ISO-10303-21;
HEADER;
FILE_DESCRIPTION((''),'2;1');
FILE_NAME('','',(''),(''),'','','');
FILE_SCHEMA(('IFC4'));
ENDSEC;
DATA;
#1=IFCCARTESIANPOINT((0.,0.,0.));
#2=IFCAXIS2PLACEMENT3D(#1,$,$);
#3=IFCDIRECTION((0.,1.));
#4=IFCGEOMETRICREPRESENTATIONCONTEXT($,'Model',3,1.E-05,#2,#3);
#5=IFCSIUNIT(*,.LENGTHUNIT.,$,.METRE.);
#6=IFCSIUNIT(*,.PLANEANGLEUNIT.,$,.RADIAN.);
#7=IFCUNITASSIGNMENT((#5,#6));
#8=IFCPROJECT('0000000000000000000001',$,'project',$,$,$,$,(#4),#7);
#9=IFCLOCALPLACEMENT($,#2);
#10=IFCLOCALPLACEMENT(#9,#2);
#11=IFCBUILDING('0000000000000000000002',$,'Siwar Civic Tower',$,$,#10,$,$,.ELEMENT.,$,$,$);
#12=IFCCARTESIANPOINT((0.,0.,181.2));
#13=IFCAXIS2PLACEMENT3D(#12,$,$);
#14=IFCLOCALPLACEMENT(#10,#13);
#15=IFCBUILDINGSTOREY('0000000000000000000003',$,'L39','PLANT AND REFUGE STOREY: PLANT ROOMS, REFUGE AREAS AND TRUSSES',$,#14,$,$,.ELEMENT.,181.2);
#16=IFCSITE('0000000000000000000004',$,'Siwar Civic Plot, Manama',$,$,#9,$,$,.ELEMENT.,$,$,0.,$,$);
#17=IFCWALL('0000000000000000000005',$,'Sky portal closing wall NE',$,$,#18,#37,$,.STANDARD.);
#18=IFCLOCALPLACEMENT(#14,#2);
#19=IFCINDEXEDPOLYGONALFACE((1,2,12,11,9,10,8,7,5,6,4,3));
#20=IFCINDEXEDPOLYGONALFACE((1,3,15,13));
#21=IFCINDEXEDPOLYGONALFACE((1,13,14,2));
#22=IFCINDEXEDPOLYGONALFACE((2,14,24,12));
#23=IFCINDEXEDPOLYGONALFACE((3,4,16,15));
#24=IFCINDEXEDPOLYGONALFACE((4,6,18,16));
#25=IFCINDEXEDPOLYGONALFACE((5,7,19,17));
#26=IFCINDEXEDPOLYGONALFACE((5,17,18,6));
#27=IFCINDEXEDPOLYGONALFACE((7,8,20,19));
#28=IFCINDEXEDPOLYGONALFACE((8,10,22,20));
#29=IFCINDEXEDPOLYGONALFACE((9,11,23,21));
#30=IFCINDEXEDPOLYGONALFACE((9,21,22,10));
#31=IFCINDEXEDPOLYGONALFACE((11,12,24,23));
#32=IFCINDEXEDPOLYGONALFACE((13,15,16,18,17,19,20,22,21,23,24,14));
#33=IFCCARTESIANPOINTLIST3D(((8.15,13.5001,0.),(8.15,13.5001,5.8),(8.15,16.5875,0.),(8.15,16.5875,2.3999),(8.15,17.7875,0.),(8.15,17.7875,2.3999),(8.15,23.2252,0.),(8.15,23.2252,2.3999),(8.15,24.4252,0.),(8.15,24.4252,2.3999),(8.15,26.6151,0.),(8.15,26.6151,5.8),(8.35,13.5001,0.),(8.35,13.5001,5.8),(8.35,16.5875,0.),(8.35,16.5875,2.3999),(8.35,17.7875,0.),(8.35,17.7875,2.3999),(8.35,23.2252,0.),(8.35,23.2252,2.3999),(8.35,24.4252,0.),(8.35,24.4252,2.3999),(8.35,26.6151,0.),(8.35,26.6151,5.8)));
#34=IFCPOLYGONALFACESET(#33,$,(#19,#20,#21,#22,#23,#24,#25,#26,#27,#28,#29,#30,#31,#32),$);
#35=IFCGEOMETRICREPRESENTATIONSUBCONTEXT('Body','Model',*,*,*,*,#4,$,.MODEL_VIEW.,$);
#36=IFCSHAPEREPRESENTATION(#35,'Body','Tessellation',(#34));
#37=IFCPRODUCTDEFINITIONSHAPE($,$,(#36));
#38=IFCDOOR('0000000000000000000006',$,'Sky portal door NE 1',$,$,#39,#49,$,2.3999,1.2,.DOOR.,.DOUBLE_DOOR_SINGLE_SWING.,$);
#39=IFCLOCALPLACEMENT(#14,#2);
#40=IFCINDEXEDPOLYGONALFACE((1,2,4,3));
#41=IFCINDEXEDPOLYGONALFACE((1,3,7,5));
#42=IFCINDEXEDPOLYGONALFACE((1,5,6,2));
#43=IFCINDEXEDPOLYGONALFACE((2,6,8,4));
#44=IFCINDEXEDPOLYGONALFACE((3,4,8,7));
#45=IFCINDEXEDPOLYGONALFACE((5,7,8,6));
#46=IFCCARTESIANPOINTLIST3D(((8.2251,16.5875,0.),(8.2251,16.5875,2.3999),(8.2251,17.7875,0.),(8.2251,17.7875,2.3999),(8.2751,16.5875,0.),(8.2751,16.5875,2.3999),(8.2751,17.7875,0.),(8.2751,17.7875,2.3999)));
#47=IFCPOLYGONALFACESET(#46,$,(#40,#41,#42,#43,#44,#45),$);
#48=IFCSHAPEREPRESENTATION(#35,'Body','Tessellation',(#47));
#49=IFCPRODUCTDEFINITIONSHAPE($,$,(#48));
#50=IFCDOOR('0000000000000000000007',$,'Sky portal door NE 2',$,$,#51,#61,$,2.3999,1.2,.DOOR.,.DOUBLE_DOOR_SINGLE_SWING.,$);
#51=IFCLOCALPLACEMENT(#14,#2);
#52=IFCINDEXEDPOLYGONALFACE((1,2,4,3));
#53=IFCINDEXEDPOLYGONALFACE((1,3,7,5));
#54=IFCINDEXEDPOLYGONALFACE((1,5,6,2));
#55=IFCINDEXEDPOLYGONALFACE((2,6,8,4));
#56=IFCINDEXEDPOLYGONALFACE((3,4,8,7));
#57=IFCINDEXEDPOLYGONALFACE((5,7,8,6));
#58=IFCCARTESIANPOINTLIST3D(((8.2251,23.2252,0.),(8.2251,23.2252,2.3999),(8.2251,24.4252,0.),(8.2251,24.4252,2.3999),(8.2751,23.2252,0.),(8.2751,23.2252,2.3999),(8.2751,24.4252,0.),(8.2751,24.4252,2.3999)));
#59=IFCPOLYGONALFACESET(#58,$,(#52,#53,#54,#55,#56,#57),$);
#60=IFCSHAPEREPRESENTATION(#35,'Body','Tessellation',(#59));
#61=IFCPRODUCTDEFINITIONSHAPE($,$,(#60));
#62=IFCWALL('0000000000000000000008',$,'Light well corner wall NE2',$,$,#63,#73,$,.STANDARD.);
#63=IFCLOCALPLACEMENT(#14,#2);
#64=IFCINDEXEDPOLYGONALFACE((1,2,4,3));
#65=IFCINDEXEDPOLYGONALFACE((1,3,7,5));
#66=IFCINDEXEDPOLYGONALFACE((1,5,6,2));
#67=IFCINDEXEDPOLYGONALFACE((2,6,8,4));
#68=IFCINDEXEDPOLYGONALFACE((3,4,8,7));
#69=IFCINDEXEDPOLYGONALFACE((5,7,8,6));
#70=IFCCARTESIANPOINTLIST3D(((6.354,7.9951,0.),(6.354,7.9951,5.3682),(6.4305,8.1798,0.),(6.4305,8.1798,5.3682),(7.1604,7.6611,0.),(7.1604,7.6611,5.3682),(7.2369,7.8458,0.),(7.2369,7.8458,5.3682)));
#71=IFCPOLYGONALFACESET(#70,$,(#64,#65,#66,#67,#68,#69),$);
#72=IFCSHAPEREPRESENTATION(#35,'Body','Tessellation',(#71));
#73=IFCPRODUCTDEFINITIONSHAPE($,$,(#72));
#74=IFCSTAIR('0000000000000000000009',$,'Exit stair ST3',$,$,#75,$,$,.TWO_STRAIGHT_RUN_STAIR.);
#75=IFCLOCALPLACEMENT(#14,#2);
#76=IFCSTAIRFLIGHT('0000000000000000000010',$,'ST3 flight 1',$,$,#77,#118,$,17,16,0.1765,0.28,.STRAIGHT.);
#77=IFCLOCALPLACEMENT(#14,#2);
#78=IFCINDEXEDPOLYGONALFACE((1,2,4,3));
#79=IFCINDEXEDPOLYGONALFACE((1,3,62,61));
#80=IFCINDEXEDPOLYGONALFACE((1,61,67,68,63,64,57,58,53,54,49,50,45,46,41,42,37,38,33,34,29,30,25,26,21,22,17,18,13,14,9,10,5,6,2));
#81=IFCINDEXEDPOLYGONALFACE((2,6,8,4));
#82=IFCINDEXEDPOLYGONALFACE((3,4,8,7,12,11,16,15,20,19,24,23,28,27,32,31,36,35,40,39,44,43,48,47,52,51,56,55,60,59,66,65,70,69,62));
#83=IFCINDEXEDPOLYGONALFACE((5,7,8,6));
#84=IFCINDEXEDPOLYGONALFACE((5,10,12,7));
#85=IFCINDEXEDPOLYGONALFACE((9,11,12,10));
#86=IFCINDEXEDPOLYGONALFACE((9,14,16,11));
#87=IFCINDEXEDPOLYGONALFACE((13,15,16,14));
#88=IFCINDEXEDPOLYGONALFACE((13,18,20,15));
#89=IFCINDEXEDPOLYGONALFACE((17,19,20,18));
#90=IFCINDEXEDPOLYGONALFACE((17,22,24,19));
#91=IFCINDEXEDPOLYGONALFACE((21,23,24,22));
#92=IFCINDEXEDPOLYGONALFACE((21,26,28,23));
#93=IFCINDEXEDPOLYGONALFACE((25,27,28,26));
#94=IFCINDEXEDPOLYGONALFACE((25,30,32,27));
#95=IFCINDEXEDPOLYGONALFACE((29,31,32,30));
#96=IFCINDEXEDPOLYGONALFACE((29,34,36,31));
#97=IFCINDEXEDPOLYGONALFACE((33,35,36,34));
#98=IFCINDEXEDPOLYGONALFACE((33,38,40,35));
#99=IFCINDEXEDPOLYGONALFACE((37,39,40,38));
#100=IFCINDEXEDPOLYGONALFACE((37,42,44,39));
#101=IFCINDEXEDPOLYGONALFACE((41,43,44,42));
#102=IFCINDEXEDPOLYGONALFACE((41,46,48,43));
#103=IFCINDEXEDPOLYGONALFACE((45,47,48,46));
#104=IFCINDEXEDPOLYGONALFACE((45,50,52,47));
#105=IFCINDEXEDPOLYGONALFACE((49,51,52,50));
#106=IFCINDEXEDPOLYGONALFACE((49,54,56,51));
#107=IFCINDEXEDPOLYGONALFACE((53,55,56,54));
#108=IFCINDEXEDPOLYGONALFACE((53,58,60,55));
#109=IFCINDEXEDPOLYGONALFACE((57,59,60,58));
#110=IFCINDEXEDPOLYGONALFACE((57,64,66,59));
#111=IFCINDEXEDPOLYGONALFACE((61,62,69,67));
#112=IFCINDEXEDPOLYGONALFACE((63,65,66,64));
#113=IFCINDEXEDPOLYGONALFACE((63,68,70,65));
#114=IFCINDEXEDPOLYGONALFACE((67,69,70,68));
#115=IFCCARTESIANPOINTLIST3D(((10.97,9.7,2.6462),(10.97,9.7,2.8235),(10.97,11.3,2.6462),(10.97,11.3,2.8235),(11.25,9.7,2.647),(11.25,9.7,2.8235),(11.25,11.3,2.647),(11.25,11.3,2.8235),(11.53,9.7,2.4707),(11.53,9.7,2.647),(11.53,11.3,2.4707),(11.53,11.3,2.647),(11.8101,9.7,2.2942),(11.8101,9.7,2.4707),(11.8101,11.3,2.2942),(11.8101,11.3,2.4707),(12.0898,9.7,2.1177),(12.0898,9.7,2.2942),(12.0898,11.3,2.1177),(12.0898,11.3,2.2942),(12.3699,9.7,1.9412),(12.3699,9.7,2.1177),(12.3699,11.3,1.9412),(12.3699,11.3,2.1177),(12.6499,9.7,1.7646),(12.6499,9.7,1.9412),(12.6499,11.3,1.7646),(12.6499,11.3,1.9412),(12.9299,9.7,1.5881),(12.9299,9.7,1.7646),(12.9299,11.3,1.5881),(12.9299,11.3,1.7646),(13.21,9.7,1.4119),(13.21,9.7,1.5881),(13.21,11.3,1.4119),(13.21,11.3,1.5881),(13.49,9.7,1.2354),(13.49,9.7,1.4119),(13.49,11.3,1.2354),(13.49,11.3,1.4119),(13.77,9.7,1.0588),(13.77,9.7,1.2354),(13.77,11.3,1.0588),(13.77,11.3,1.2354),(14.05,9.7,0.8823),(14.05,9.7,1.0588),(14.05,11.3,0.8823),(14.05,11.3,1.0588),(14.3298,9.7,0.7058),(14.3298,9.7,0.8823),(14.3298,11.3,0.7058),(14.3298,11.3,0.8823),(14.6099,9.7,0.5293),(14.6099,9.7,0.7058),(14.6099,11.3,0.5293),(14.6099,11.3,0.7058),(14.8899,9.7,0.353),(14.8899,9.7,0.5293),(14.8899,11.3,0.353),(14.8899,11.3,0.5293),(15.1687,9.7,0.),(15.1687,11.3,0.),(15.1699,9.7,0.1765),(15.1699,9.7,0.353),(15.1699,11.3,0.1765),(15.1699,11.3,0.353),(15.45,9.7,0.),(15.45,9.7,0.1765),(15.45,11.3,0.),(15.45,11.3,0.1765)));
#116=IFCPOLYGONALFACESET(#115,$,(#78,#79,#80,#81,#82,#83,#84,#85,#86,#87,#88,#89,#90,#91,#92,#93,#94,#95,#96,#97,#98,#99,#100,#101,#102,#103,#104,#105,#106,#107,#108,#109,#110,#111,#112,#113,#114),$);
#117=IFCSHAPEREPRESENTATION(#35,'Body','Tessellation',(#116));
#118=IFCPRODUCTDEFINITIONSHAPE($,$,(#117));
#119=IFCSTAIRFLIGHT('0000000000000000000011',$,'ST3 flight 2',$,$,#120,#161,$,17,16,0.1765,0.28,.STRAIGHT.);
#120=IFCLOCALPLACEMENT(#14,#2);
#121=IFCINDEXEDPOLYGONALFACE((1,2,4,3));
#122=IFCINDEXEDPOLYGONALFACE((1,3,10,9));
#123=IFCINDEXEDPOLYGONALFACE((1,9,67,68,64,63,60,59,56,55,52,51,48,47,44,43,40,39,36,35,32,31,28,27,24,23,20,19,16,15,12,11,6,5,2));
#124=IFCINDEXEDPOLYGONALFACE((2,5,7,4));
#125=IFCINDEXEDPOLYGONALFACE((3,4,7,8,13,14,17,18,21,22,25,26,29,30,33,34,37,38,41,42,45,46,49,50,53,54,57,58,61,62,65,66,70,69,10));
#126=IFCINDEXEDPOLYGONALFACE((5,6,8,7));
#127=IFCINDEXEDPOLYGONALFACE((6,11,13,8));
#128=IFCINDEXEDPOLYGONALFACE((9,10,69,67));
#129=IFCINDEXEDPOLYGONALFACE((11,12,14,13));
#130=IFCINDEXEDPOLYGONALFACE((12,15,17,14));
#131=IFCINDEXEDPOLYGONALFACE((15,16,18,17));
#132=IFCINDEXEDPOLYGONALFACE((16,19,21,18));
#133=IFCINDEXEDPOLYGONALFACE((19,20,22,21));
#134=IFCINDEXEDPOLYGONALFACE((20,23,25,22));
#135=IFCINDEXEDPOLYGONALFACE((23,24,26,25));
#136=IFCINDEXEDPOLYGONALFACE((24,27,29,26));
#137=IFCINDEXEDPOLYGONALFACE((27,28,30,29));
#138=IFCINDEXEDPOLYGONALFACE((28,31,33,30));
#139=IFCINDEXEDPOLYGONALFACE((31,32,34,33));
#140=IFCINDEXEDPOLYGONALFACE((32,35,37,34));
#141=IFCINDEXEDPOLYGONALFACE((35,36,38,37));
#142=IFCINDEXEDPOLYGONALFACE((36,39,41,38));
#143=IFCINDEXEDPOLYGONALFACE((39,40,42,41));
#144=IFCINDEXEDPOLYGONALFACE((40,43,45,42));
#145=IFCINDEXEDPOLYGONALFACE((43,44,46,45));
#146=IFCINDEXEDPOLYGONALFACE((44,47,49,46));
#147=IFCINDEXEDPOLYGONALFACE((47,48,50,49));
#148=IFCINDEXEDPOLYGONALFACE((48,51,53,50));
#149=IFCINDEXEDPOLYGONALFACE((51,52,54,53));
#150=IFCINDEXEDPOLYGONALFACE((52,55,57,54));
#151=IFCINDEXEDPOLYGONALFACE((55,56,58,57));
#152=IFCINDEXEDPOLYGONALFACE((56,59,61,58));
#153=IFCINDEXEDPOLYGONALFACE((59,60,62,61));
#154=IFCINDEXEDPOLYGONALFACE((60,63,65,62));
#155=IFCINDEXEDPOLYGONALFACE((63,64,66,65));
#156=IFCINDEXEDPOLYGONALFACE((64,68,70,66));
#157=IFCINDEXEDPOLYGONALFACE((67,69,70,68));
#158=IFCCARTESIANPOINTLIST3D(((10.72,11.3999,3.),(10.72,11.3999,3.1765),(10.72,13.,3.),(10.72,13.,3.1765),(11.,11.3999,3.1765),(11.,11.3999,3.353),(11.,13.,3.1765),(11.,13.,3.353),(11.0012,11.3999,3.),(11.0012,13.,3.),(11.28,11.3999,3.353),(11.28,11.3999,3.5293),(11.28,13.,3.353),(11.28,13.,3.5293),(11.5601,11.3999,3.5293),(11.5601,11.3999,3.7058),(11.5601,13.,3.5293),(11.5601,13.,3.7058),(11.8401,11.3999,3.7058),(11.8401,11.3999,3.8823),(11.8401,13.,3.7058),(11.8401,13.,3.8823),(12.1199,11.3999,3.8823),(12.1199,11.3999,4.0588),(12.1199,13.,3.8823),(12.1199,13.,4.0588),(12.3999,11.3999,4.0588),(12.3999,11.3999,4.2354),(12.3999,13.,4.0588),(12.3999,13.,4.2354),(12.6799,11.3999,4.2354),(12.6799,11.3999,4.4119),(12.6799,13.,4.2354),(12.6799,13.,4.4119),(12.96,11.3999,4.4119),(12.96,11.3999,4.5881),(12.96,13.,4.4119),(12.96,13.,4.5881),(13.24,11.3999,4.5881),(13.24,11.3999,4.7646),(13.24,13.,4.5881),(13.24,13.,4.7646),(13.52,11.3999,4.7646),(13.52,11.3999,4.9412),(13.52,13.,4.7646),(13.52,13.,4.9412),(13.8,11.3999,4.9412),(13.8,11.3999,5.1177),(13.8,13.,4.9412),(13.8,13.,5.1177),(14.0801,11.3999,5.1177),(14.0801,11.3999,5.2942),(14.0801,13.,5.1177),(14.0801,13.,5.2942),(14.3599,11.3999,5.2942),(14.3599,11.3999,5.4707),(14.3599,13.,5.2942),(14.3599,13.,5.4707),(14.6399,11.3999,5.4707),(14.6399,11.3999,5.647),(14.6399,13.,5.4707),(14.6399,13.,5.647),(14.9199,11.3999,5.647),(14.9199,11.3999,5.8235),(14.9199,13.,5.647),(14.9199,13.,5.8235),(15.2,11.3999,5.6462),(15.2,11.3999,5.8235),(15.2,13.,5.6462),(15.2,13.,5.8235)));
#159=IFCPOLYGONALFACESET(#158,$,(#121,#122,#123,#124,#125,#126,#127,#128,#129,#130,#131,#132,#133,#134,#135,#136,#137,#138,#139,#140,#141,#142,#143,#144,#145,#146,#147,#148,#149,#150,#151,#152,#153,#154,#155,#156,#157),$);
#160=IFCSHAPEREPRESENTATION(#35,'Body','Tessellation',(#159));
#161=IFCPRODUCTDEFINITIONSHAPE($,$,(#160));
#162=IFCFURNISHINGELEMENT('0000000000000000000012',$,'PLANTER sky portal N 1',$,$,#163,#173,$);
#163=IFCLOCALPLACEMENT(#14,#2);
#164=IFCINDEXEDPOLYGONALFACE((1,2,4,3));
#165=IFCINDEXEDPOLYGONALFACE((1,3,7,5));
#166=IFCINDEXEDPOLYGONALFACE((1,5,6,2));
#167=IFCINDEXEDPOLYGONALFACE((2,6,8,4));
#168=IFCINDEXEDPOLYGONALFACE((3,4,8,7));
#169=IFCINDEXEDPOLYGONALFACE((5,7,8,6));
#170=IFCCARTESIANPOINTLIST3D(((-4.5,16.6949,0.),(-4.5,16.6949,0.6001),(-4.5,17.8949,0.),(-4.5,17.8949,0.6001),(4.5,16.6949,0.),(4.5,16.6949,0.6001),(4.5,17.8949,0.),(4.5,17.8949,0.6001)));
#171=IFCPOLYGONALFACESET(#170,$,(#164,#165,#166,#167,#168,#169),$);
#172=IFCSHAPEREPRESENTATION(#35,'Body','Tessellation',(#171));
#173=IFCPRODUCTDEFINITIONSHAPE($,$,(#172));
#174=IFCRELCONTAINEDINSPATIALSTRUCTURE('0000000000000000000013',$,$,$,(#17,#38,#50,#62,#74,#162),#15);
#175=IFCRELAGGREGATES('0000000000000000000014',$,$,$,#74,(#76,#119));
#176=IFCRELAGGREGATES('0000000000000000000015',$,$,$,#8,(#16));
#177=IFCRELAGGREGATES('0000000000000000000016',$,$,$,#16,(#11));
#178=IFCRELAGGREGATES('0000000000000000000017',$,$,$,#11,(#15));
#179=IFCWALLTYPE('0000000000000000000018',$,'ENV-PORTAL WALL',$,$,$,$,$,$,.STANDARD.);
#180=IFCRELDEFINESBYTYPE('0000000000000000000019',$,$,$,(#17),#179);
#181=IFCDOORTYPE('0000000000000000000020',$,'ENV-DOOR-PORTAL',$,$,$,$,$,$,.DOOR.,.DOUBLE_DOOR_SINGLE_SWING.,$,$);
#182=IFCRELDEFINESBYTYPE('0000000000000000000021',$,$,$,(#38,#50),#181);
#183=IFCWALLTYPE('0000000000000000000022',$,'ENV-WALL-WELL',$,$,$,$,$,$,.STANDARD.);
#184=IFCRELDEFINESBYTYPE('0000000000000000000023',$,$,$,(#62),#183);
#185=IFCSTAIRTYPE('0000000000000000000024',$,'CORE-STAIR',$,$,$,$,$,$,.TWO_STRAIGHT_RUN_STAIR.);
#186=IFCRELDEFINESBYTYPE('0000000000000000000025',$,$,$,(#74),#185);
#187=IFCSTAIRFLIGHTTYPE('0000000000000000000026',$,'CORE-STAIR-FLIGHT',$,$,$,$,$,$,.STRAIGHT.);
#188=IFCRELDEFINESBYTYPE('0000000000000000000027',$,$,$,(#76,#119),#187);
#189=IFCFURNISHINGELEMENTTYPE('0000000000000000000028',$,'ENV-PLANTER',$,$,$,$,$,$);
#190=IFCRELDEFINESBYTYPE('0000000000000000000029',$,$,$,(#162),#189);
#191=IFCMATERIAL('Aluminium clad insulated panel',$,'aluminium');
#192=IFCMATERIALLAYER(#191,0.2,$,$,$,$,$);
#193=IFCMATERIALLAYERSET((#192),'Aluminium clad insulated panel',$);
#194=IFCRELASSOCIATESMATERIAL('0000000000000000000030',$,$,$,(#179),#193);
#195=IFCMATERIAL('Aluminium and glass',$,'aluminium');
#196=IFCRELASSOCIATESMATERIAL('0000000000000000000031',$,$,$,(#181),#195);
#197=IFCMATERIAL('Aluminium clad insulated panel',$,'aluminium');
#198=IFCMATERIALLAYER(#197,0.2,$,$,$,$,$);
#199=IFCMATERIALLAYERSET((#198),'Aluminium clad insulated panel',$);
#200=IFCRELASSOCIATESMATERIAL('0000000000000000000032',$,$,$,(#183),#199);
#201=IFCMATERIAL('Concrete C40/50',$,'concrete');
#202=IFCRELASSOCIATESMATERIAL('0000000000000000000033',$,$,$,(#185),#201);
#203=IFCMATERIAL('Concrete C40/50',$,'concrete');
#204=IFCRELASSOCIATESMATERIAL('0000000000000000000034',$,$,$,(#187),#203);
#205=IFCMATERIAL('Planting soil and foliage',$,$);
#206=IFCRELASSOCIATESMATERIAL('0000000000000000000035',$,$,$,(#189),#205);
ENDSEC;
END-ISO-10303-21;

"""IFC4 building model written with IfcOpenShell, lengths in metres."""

from ifc_helpers import new_model, si_unit, direction, frame, frame_2d, origin, origin_2d, place, context, subcontext, project, spatial, polyline, rectangle, outline, extrude, material, layer, layer_set, type_object, element, fill, aggregate, save


model = new_model("IFC4")

# Units and contexts
model_context = context("Model", 3, precision=1e-05, world=origin(), true_north=direction((0.0, 1.0)))
body_context = subcontext(model_context, "Body", "Model", "MODEL_VIEW")
ifc_project = project(units=[si_unit("LENGTHUNIT", "METRE"), si_unit("PLANEANGLEUNIT", "RADIAN")], contexts=[model_context])

# Site, building, storey
site_placement = place(None, origin())
site = spatial("IfcSite", under=ifc_project, at=site_placement, Name="Siwar Civic Plot, Manama", CompositionType="ELEMENT", RefElevation=0.0)
building_placement = place(site_placement, origin())
building = spatial("IfcBuilding", under=site, at=building_placement, Name="Siwar Civic Tower", CompositionType="ELEMENT")
storey_placement = place(building_placement, frame((0.0, 0.0, 181.2)))
storey = spatial("IfcBuildingStorey", under=building, at=storey_placement, Name="L39", Description="PLANT AND REFUGE STOREY: PLANT ROOMS, REFUGE AREAS AND TRUSSES", CompositionType="ELEMENT", Elevation=181.2)

# Wall, openings, doors
ifc_material_1 = material(Name="Aluminium clad insulated panel", Category="aluminium")
ifc_layer_1 = layer(ifc_material_1, 0.2)
ifc_layer_set_1 = layer_set([ifc_layer_1], Name="Aluminium clad insulated panel")
wall_type_1 = type_object("IfcWallType", Name="ENV-PORTAL WALL", PredefinedType="STANDARD", material=ifc_layer_set_1)
wall_1_placement = place(storey_placement, frame((8.25, 13.5, 0.0), z_axis=(0.0, 0.0, 1.0), x_axis=(0.0, 1.0, 0.0)))
wall_1 = element("IfcWall", 1, at=wall_1_placement, inside=storey, type_object=wall_type_1, Name="Sky portal closing wall NE", PredefinedType="STANDARD", context=body_context, shape_type="SweptSolid", body=[
    extrude(rectangle(XDim=13.115, YDim=0.2, at=frame_2d((6.5576, 0.0))), origin(), (0.0, 0.0, 1.0), 5.8),
])
opening_1_placement = place(wall_1_placement, frame((3.0874, 0.0, 0.0)))
opening_1 = element("IfcOpeningElement", 2, at=opening_1_placement, cuts=wall_1, PredefinedType="OPENING", context=body_context, shape_type="SweptSolid", body=[
    extrude(rectangle(XDim=1.2, YDim=2.3999, at=frame_2d((0.6001, 1.2))), frame((0.0, 0.1099, 0.0), z_axis=(0.0, -1.0, 0.0), x_axis=(1.0, 0.0, 0.0)), (0.0, 0.0, 1.0), 0.22),
])
opening_2_placement = place(wall_1_placement, frame((9.7251, 0.0, 0.0)))
opening_2 = element("IfcOpeningElement", 3, at=opening_2_placement, cuts=wall_1, PredefinedType="OPENING", context=body_context, shape_type="SweptSolid", body=[
    extrude(rectangle(XDim=1.2, YDim=2.3999, at=frame_2d((0.6001, 1.2))), frame((0.0, 0.1099, 0.0), z_axis=(0.0, -1.0, 0.0), x_axis=(1.0, 0.0, 0.0)), (0.0, 0.0, 1.0), 0.22),
])
ifc_material_2 = material(Name="Aluminium and glass", Category="aluminium")
door_type_1 = type_object("IfcDoorType", Name="ENV-DOOR-PORTAL", OperationType="DOUBLE_DOOR_SINGLE_SWING", PredefinedType="DOOR", material=ifc_material_2)
door_1_placement = place(opening_1_placement, origin())
door_1 = element("IfcDoor", 4, at=door_1_placement, inside=storey, type_object=door_type_1, Name="Sky portal door NE 1", OperationType="DOUBLE_DOOR_SINGLE_SWING", OverallHeight=2.3999, OverallWidth=1.2, PredefinedType="DOOR", context=body_context, shape_type="SweptSolid", body=[
    extrude(rectangle(XDim=1.2, YDim=2.3999, at=frame_2d((0.6001, 1.2))), frame((0.0, 0.0249, 0.0), z_axis=(0.0, -1.0, 0.0), x_axis=(1.0, 0.0, 0.0)), (0.0, 0.0, 1.0), 0.05),
])
fill(opening_1, door_1)
door_2_placement = place(opening_2_placement, origin())
door_2 = element("IfcDoor", 5, at=door_2_placement, inside=storey, type_object=door_type_1, Name="Sky portal door NE 2", OperationType="DOUBLE_DOOR_SINGLE_SWING", OverallHeight=2.3999, OverallWidth=1.2, PredefinedType="DOOR", context=body_context, shape_type="SweptSolid", body=[
    extrude(rectangle(XDim=1.2, YDim=2.3999, at=frame_2d((0.6001, 1.2))), frame((0.0, 0.0249, 0.0), z_axis=(0.0, -1.0, 0.0), x_axis=(1.0, 0.0, 0.0)), (0.0, 0.0, 1.0), 0.05),
])
fill(opening_2, door_2)

# Wall
ifc_material_3 = material(Name="Aluminium clad insulated panel", Category="aluminium")
ifc_layer_2 = layer(ifc_material_3, 0.2)
ifc_layer_set_2 = layer_set([ifc_layer_2], Name="Aluminium clad insulated panel")
wall_type_2 = type_object("IfcWallType", Name="ENV-WALL-WELL", PredefinedType="STANDARD", material=ifc_layer_set_2)
wall_2_placement = place(storey_placement, frame((7.1987, 7.7534, 0.0), z_axis=(0.0, 0.0, 1.0), x_axis=(-0.923894, 0.382648, 0.0)))
element("IfcWall", 6, at=wall_2_placement, inside=storey, type_object=wall_type_2, Name="Light well corner wall NE2", PredefinedType="STANDARD", context=body_context, shape_type="SweptSolid", body=[
    extrude(rectangle(XDim=0.8728, YDim=0.2, at=frame_2d((0.4365, 0.0))), origin(), (0.0, 0.0, 1.0), 5.3682),
])

# Stair, stair flights
ifc_material_4 = material(Name="Concrete C40/50", Category="concrete")
stair_type = type_object("IfcStairType", Name="CORE-STAIR", PredefinedType="TWO_STRAIGHT_RUN_STAIR", material=ifc_material_4)
stair_placement = place(storey_placement, origin())
stair = element("IfcStair", 7, at=stair_placement, inside=storey, type_object=stair_type, Name="Exit stair ST3", PredefinedType="TWO_STRAIGHT_RUN_STAIR")
ifc_material_5 = material(Name="Concrete C40/50", Category="concrete")
stair_flight_type = type_object("IfcStairFlightType", Name="CORE-STAIR-FLIGHT", PredefinedType="STRAIGHT", material=ifc_material_5)
stair_flight_1_placement = place(storey_placement, frame((15.45, 10.5, 0.0), z_axis=(0.0, 0.0, 1.0), x_axis=(-1.0, 0.0, 0.0)))
stair_flight_1 = element("IfcStairFlight", 8, at=stair_flight_1_placement, type_object=stair_flight_type, Name="ST3 flight 1", NumberOfRisers=17, NumberOfTreads=16, PredefinedType="STRAIGHT", RiserHeight=0.1765, TreadLength=0.28, context=body_context, shape_type="SweptSolid", body=[
    extrude(outline(polyline([(0.0, 0.0), (0.0, 0.1765), (0.28, 0.1765), (0.28, 0.353), (0.5601, 0.353), (0.5601, 0.5293), (0.8401, 0.5293), (0.8401, 0.7058), (1.1201, 0.7058), (1.1201, 0.8823), (1.3999, 0.8823), (1.3999, 1.0588), (1.6799, 1.0588), (1.6799, 1.2354), (1.96, 1.2354), (1.96, 1.4119), (2.24, 1.4119), (2.24, 1.5881), (2.52, 1.5881), (2.52, 1.7646), (2.8, 1.7646), (2.8, 1.9412), (3.0801, 1.9412), (3.0801, 2.1177), (3.3601, 2.1177), (3.3601, 2.2942), (3.6399, 2.2942), (3.6399, 2.4707), (3.9199, 2.4707), (3.9199, 2.647), (4.2, 2.647), (4.2, 2.8235), (4.48, 2.8235), (4.48, 3.0), (4.48, 2.6462), (0.2812, 0.0), (0.0, 0.0)])), frame((0.0, 0.8, 0.0), z_axis=(0.0, -1.0, 0.0), x_axis=(1.0, 0.0, 0.0)), (0.0, 0.0, 1.0), 1.6001),
])
stair_flight_2_placement = place(storey_placement, frame((10.72, 12.2, 3.0), z_axis=(0.0, 0.0, 1.0), x_axis=(1.0, 0.0, 0.0)))
stair_flight_2 = element("IfcStairFlight", 9, at=stair_flight_2_placement, type_object=stair_flight_type, Name="ST3 flight 2", NumberOfRisers=17, NumberOfTreads=16, PredefinedType="STRAIGHT", RiserHeight=0.1765, TreadLength=0.28, context=body_context, shape_type="SweptSolid", body=[
    extrude(outline(polyline([(0.0, 0.0), (0.0, 0.1765), (0.28, 0.1765), (0.28, 0.353), (0.5601, 0.353), (0.5601, 0.5293), (0.8401, 0.5293), (0.8401, 0.7058), (1.1201, 0.7058), (1.1201, 0.8823), (1.3999, 0.8823), (1.3999, 1.0588), (1.6799, 1.0588), (1.6799, 1.2354), (1.96, 1.2354), (1.96, 1.4119), (2.24, 1.4119), (2.24, 1.5881), (2.52, 1.5881), (2.52, 1.7646), (2.8, 1.7646), (2.8, 1.9412), (3.0801, 1.9412), (3.0801, 2.1177), (3.3601, 2.1177), (3.3601, 2.2942), (3.6399, 2.2942), (3.6399, 2.4707), (3.9199, 2.4707), (3.9199, 2.647), (4.2, 2.647), (4.2, 2.8235), (4.48, 2.8235), (4.48, 3.0), (4.48, 2.6462), (0.2812, 0.0), (0.0, 0.0)])), frame((0.0, 0.8, 0.0), z_axis=(0.0, -1.0, 0.0), x_axis=(1.0, 0.0, 0.0)), (0.0, 0.0, 1.0), 1.6001),
])
aggregate(stair, [stair_flight_1, stair_flight_2])

# Furnishing element
ifc_material_6 = material(Name="Planting soil and foliage")
furnishing_element_type_1 = type_object("IfcFurnishingElementType", Name="ENV-PLANTER", material=ifc_material_6)
furnishing_1_placement = place(storey_placement, frame((0.0, 17.2949, 0.0), z_axis=(0.0, 0.0, 1.0), x_axis=(1.0, 0.0, 0.0)))
element("IfcFurnishingElement", 10, at=furnishing_1_placement, inside=storey, type_object=furnishing_element_type_1, Name="PLANTER sky portal N 1", context=body_context, shape_type="SweptSolid", body=[
    extrude(rectangle(XDim=9.0, YDim=1.2, at=origin_2d()), origin(), (0.0, 0.0, 1.0), 0.6001),
])

save(model, "model.ifc")
